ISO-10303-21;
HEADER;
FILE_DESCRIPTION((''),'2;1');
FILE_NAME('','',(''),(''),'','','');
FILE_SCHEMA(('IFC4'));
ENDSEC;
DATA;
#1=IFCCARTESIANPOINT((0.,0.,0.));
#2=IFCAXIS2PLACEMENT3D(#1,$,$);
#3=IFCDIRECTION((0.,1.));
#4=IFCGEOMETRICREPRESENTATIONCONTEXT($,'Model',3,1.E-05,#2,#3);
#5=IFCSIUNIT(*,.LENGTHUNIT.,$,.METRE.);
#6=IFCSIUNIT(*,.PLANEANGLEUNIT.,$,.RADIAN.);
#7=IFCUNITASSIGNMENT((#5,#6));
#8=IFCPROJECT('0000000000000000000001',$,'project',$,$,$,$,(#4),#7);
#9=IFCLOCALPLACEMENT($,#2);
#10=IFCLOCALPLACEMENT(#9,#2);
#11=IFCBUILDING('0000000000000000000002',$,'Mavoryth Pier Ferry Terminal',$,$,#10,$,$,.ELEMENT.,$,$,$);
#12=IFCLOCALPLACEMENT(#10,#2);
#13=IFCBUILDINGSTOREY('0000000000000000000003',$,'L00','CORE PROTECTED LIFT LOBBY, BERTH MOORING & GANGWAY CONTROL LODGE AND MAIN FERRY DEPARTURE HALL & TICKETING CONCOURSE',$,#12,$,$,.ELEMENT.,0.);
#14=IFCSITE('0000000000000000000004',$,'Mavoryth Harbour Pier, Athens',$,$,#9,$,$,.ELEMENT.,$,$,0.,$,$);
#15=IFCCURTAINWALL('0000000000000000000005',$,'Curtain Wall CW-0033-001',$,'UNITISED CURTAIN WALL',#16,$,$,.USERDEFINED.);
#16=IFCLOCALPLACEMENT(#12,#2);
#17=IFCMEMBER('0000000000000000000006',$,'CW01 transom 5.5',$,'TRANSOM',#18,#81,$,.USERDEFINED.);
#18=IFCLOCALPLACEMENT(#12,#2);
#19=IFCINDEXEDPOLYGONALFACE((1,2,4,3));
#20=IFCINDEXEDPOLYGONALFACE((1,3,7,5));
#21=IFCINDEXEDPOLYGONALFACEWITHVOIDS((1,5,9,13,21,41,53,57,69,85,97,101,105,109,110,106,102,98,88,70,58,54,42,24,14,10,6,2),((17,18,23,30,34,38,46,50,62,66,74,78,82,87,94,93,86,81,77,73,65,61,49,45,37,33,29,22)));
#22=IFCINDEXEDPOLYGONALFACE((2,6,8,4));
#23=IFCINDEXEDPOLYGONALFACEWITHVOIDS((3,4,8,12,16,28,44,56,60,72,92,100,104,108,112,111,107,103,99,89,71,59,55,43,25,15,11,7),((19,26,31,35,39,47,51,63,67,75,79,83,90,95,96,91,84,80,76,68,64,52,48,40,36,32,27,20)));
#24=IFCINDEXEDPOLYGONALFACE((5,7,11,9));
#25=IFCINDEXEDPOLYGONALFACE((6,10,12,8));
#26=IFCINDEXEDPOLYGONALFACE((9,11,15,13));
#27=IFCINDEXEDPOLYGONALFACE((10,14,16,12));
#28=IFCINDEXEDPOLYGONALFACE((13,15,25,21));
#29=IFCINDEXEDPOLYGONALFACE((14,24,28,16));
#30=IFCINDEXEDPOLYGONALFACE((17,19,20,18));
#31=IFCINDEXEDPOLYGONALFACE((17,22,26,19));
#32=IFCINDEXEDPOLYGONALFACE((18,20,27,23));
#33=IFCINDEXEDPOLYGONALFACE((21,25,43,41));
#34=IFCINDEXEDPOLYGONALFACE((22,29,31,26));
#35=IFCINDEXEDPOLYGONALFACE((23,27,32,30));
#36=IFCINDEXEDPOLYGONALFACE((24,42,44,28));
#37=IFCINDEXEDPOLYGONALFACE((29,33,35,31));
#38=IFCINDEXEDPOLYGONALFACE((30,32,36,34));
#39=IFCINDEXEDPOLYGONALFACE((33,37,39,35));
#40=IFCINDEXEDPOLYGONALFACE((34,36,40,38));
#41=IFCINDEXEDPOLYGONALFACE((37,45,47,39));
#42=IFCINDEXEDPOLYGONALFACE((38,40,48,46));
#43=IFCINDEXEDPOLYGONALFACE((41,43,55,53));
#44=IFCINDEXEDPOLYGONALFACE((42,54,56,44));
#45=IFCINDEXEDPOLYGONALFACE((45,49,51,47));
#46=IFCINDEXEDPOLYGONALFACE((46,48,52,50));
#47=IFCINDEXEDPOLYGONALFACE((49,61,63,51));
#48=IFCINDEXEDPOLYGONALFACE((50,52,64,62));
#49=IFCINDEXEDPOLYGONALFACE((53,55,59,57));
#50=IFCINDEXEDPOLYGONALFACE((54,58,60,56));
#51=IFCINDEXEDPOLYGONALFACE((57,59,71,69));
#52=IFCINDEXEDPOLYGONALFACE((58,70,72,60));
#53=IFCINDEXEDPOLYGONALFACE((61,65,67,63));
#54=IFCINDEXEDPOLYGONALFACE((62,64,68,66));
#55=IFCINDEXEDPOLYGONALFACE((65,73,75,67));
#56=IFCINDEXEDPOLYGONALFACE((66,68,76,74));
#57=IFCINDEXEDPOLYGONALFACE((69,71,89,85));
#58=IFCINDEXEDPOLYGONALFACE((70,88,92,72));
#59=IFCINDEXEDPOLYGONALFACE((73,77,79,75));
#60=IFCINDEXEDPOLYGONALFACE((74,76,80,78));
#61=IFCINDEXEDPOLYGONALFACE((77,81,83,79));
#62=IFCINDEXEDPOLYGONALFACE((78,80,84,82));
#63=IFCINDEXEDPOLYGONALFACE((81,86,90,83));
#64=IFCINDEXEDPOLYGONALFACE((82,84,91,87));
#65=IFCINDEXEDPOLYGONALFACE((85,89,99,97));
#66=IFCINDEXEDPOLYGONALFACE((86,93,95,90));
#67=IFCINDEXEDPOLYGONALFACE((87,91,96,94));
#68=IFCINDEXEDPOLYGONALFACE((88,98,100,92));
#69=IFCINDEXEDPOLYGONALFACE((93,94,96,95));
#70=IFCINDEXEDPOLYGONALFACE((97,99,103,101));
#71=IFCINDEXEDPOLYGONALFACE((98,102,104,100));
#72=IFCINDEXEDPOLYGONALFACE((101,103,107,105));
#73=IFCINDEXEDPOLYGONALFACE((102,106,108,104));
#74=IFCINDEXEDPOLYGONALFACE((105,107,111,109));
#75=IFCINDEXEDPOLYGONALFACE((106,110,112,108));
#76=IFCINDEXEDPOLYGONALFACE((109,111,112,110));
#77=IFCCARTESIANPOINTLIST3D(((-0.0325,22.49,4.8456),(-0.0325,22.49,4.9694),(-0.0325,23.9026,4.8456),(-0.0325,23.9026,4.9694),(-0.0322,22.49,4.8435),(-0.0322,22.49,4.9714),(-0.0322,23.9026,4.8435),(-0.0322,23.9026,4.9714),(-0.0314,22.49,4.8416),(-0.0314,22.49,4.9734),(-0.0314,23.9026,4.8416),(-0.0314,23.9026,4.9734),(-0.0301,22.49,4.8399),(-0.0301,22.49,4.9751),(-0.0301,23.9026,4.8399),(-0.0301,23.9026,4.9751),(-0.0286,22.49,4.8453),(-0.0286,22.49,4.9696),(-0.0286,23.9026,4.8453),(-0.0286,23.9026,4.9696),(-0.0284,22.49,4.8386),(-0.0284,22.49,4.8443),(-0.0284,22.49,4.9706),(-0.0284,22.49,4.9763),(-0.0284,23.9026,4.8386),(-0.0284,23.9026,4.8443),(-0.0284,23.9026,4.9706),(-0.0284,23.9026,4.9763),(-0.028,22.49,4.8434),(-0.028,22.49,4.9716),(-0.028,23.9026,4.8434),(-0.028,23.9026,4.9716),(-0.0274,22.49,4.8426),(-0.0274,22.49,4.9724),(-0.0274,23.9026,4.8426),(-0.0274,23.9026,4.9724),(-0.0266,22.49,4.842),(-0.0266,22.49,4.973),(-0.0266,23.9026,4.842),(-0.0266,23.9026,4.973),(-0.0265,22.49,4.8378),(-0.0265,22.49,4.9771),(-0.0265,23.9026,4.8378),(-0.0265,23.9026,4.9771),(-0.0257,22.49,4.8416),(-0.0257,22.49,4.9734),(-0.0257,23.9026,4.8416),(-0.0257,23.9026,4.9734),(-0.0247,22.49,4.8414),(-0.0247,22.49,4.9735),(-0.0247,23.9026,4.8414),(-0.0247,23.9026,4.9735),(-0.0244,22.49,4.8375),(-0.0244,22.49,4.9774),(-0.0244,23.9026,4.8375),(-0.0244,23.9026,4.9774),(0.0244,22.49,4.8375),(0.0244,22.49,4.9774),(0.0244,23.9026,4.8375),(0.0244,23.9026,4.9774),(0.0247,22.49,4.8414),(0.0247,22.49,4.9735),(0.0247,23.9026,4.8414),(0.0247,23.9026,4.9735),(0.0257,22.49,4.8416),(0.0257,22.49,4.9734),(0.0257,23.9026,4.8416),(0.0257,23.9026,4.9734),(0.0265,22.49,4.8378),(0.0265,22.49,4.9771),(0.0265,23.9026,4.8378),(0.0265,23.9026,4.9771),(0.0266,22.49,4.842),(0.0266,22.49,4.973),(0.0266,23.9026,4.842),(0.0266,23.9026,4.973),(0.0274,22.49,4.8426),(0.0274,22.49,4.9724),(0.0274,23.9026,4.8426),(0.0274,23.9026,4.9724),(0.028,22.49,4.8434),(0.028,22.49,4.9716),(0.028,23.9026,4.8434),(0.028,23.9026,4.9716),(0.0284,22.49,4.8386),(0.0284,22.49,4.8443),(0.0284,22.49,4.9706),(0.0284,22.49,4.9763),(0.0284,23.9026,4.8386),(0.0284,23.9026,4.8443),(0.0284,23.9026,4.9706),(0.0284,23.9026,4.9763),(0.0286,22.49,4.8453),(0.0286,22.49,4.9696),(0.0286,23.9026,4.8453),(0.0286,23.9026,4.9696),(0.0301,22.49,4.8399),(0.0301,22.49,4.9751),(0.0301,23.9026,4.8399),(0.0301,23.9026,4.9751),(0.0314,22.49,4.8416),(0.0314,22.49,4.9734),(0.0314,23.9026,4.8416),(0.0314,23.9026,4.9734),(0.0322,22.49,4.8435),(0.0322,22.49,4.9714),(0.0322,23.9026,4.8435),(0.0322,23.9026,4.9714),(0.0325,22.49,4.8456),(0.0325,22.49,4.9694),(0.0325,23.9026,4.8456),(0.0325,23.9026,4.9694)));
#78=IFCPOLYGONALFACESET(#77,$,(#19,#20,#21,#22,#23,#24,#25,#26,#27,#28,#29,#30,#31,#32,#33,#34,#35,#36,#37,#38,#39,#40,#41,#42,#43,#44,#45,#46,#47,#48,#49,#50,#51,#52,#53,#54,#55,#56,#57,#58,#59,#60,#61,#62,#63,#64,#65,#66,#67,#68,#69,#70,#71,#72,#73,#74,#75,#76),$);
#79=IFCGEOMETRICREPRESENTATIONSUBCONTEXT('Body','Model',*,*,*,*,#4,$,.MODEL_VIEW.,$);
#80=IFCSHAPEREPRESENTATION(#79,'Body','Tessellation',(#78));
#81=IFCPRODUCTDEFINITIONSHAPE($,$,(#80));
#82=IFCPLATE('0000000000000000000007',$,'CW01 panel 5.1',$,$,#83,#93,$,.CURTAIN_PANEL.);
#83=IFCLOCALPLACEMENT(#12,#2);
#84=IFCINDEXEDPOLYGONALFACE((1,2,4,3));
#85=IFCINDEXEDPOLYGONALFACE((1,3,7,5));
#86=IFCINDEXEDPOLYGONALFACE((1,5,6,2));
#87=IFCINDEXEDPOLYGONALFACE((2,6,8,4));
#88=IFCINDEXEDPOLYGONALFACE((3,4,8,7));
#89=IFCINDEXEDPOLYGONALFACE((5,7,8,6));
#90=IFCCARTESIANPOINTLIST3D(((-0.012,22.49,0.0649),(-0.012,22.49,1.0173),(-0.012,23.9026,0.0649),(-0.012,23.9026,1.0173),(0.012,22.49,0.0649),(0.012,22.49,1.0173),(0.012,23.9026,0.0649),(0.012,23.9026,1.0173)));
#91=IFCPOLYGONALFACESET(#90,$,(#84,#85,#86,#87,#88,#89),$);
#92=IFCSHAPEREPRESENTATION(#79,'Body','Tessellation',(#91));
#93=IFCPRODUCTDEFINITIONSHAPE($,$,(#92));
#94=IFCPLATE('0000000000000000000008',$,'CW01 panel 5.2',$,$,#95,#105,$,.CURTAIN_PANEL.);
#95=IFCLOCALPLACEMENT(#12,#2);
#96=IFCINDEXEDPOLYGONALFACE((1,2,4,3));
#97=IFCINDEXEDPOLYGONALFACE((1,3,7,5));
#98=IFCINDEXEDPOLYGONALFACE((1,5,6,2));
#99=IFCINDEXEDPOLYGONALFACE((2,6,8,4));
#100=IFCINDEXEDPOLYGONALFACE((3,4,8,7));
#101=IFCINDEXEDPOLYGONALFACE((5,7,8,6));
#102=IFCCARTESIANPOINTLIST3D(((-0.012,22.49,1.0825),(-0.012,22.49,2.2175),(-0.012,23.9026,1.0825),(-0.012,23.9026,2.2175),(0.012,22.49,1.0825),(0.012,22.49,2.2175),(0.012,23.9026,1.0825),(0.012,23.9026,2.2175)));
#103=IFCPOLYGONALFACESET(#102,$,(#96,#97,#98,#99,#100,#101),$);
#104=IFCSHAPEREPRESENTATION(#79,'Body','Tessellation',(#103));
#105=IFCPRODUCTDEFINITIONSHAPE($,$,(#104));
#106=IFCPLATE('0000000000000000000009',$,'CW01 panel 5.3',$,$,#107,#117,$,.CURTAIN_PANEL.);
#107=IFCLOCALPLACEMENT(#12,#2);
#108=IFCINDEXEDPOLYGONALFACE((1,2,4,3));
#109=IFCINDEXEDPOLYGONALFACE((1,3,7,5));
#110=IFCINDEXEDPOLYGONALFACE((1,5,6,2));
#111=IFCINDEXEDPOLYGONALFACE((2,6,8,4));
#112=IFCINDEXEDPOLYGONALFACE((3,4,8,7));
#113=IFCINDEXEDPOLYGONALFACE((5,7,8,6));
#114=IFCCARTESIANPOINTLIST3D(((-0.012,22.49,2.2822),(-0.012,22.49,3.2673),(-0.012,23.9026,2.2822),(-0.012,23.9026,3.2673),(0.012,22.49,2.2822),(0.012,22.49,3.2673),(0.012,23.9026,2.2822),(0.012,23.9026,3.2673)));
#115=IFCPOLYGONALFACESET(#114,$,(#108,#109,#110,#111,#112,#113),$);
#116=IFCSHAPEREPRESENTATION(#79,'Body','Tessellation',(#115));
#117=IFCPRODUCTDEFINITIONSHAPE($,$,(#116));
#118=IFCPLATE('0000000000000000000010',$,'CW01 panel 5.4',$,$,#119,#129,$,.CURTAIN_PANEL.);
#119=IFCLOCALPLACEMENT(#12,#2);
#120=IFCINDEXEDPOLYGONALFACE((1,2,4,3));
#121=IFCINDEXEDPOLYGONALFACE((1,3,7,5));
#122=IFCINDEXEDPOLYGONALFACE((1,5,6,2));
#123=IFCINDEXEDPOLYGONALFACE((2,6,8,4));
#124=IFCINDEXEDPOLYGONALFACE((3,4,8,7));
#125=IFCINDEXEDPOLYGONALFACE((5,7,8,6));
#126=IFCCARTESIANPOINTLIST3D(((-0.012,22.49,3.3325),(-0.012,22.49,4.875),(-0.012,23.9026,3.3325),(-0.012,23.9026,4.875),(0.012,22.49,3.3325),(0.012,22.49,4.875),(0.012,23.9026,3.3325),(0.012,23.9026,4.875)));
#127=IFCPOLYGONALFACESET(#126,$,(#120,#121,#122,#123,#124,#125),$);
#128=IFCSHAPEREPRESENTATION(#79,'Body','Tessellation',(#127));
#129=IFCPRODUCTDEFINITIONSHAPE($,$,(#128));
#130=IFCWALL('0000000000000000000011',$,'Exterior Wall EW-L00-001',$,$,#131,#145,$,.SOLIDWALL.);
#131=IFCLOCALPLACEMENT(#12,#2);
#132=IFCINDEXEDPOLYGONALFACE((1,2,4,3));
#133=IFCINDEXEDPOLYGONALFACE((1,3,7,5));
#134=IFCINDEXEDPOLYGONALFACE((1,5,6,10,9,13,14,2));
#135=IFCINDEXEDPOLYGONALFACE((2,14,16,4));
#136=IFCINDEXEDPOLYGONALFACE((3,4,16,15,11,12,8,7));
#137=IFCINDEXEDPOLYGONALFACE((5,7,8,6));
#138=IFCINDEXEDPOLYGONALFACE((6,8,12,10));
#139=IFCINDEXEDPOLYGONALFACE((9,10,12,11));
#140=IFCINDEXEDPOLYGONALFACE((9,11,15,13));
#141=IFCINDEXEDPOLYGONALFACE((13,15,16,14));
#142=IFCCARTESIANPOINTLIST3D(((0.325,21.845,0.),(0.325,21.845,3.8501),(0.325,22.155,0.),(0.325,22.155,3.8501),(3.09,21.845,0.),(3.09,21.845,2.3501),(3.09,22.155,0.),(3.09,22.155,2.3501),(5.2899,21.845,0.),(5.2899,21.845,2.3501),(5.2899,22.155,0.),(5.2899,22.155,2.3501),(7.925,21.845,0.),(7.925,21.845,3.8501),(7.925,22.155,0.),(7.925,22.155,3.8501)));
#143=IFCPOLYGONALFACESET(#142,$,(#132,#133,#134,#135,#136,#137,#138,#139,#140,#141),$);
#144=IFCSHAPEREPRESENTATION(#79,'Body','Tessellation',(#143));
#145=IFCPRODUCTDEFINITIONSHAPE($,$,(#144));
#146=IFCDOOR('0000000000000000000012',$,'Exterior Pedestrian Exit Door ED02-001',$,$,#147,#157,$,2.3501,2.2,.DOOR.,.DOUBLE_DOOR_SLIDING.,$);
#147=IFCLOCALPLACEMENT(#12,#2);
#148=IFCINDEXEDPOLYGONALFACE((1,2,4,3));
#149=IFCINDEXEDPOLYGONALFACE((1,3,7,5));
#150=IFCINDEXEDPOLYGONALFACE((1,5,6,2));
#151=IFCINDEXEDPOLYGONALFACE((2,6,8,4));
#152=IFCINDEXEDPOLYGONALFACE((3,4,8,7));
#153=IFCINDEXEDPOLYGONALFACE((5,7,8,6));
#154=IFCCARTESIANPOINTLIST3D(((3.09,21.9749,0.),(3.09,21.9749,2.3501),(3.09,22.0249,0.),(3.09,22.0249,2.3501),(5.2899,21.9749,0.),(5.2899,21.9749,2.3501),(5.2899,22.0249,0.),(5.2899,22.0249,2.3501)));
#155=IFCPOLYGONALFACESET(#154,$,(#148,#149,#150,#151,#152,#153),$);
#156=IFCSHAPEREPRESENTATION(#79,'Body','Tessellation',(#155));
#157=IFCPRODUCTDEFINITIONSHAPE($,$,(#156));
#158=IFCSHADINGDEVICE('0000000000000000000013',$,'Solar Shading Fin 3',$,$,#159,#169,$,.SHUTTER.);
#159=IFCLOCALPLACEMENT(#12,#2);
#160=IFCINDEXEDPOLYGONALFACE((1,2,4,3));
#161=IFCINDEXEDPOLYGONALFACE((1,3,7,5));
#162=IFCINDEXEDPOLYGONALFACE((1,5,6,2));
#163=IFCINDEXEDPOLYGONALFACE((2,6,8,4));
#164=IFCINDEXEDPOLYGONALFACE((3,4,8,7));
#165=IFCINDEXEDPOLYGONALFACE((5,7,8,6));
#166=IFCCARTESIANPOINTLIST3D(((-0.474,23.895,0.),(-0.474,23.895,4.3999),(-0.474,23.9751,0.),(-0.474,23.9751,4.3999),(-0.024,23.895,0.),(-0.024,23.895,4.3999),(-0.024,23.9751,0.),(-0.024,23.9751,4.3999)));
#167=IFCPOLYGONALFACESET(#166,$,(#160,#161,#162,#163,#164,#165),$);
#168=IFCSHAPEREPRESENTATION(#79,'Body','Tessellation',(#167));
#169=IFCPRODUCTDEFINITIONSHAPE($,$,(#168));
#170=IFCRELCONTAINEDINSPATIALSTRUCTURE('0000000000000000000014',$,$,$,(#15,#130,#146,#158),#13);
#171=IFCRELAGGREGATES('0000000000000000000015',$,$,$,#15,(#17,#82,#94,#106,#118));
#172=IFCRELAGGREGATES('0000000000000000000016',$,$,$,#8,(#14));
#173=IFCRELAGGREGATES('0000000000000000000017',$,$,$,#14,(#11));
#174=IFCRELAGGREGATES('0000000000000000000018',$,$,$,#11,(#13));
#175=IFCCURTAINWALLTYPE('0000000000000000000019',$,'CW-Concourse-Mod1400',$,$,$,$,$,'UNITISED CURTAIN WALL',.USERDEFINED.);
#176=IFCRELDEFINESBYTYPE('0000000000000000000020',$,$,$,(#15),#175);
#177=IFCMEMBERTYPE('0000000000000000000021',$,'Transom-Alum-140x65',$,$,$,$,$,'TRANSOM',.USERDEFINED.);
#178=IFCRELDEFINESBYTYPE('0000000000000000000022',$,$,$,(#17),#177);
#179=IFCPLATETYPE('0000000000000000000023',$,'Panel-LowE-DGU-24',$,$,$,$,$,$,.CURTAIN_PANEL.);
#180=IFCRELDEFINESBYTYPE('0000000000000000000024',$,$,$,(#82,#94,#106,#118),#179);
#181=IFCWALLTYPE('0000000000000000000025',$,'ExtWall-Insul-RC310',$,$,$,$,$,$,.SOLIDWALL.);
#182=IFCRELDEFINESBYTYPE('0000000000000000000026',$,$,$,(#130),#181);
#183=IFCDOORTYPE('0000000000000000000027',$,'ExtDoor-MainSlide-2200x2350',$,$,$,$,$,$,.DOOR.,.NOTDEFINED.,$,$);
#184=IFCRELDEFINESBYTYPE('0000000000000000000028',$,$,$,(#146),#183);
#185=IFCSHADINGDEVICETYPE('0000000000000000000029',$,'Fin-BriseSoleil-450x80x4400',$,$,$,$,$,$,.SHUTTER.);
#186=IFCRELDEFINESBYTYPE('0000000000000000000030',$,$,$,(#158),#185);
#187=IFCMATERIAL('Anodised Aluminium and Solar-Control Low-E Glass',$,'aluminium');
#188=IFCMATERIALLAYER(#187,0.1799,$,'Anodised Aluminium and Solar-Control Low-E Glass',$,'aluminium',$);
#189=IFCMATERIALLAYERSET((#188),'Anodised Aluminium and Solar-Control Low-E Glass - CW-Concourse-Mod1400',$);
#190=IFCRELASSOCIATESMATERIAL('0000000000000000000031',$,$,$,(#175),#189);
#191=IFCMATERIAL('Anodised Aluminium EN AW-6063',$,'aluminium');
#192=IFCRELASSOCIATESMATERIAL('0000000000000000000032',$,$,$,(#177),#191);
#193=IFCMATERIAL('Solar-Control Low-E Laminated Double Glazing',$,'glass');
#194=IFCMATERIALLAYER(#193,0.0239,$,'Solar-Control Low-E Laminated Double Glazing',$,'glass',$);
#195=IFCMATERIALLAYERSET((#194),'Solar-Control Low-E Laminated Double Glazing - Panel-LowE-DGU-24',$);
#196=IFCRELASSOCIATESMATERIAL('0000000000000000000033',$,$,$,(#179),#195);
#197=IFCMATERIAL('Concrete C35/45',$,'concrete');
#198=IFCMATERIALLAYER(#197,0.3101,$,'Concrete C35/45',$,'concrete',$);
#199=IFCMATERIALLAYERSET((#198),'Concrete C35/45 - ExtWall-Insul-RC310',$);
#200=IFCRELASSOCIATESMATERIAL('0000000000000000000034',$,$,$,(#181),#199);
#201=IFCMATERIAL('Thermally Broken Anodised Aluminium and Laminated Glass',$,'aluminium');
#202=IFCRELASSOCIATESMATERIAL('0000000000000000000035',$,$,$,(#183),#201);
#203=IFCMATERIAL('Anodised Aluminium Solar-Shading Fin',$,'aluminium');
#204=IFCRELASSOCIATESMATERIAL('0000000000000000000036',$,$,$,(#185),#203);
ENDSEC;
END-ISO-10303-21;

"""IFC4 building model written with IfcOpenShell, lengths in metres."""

from ifc_helpers import new_model, si_unit, direction, frame, frame_2d, origin, origin_2d, place, context, subcontext, project, spatial, rectangle, hollow_rectangle, extrude, material, layer, layer_set, material_profile, profile_set, type_object, element, fill, aggregate, save


model = new_model("IFC4")

# Units and contexts
model_context = context("Model", 3, precision=1e-05, world=origin(), true_north=direction((0.0, 1.0)))
body_context = subcontext(model_context, "Body", "Model", "MODEL_VIEW")
ifc_project = project(units=[si_unit("LENGTHUNIT", "METRE"), si_unit("PLANEANGLEUNIT", "RADIAN")], contexts=[model_context])

# Site, building, storey
site_placement = place(None, origin())
site = spatial("IfcSite", under=ifc_project, at=site_placement, Name="Mavoryth Harbour Pier, Athens", CompositionType="ELEMENT", RefElevation=0.0)
building_placement = place(site_placement, origin())
building = spatial("IfcBuilding", under=site, at=building_placement, Name="Mavoryth Pier Ferry Terminal", CompositionType="ELEMENT")
storey_placement = place(building_placement, origin())
storey = spatial("IfcBuildingStorey", under=building, at=storey_placement, Name="L00", Description="CORE PROTECTED LIFT LOBBY, BERTH MOORING & GANGWAY CONTROL LODGE AND MAIN FERRY DEPARTURE HALL & TICKETING CONCOURSE", CompositionType="ELEMENT", Elevation=0.0)

# Shared definitions
ifc_material_1 = material(Name="Concrete C35/45", Category="concrete")

# Curtain wall, member, plates
ifc_material_2 = material(Name="Anodised Aluminium and Solar-Control Low-E Glass", Category="aluminium")
ifc_layer_1 = layer(ifc_material_2, 0.1799, Name="Anodised Aluminium and Solar-Control Low-E Glass", Category="aluminium")
ifc_layer_set_1 = layer_set([ifc_layer_1], Name="Anodised Aluminium and Solar-Control Low-E Glass - CW-Concourse-Mod1400")
curtain_wall_type = type_object("IfcCurtainWallType", Name="CW-Concourse-Mod1400", ElementType="UNITISED CURTAIN WALL", PredefinedType="USERDEFINED", material=ifc_layer_set_1)
curtain_wall_placement = place(storey_placement, origin())
curtain_wall = element("IfcCurtainWall", 1, at=curtain_wall_placement, inside=storey, type_object=curtain_wall_type, Name="Curtain Wall CW-0033-001", ObjectType="UNITISED CURTAIN WALL", PredefinedType="USERDEFINED")
ifc_material_3 = material(Name="Anodised Aluminium EN AW-6063", Category="aluminium")
ifc_material_profile_1 = material_profile(ifc_material_3, hollow_rectangle(XDim=0.0649, YDim=0.1399, WallThickness=0.0039, InnerFilletRadius=0.0039, OuterFilletRadius=0.0081, at=origin_2d()), Name="AL-TRAN 140x65x4", Category="aluminium")
ifc_profile_set_1 = profile_set([ifc_material_profile_1], Name="Anodised Aluminium EN AW-6063 - AL-TRAN 140x65x4")
member_type_1 = type_object("IfcMemberType", Name="Transom-Alum-140x65", ElementType="TRANSOM", PredefinedType="USERDEFINED", material=ifc_profile_set_1)
member_1_placement = place(storey_placement, frame((0.0, 23.9026, 4.9075), z_axis=(0.0, -1.0, 0.0), x_axis=(1.0, 0.0, 0.0)))
member_1 = element("IfcMember", 2, at=member_1_placement, type_object=member_type_1, Name="CW01 transom 5.5", ObjectType="TRANSOM", PredefinedType="USERDEFINED", context=body_context, shape_type="SweptSolid", body=[
    extrude(hollow_rectangle(XDim=0.0649, YDim=0.1399, WallThickness=0.0039, InnerFilletRadius=0.0039, OuterFilletRadius=0.0081, at=origin_2d()), origin(), (0.0, 0.0, 1.0), 1.4126),
])
ifc_material_4 = material(Name="Solar-Control Low-E Laminated Double Glazing", Category="glass")
ifc_layer_2 = layer(ifc_material_4, 0.0239, Name="Solar-Control Low-E Laminated Double Glazing", Category="glass")
ifc_layer_set_2 = layer_set([ifc_layer_2], Name="Solar-Control Low-E Laminated Double Glazing - Panel-LowE-DGU-24")
plate_type = type_object("IfcPlateType", Name="Panel-LowE-DGU-24", PredefinedType="CURTAIN_PANEL", material=ifc_layer_set_2)
plate_1_placement = place(storey_placement, frame((0.0, 23.1963, 0.0649), z_axis=(0.0, 0.0, 1.0), x_axis=(0.0, -1.0, 0.0)))
plate_1 = element("IfcPlate", 3, at=plate_1_placement, type_object=plate_type, Name="CW01 panel 5.1", PredefinedType="CURTAIN_PANEL", context=body_context, shape_type="SweptSolid", body=[
    extrude(rectangle(XDim=1.4126, YDim=0.0239, at=origin_2d()), origin(), (0.0, 0.0, 1.0), 0.9524),
])
plate_2_placement = place(storey_placement, frame((0.0, 23.1963, 1.0825), z_axis=(0.0, 0.0, 1.0), x_axis=(0.0, -1.0, 0.0)))
plate_2 = element("IfcPlate", 4, at=plate_2_placement, type_object=plate_type, Name="CW01 panel 5.2", PredefinedType="CURTAIN_PANEL", context=body_context, shape_type="SweptSolid", body=[
    extrude(rectangle(XDim=1.4126, YDim=0.0239, at=origin_2d()), origin(), (0.0, 0.0, 1.0), 1.135),
])
plate_3_placement = place(storey_placement, frame((0.0, 23.1963, 2.2822), z_axis=(0.0, 0.0, 1.0), x_axis=(0.0, -1.0, 0.0)))
plate_3 = element("IfcPlate", 5, at=plate_3_placement, type_object=plate_type, Name="CW01 panel 5.3", PredefinedType="CURTAIN_PANEL", context=body_context, shape_type="SweptSolid", body=[
    extrude(rectangle(XDim=1.4126, YDim=0.0239, at=origin_2d()), origin(), (0.0, 0.0, 1.0), 0.9851),
])
plate_4_placement = place(storey_placement, frame((0.0, 23.1963, 3.3325), z_axis=(0.0, 0.0, 1.0), x_axis=(0.0, -1.0, 0.0)))
plate_4 = element("IfcPlate", 6, at=plate_4_placement, type_object=plate_type, Name="CW01 panel 5.4", PredefinedType="CURTAIN_PANEL", context=body_context, shape_type="SweptSolid", body=[
    extrude(rectangle(XDim=1.4126, YDim=0.0239, at=origin_2d()), origin(), (0.0, 0.0, 1.0), 1.5425),
])
aggregate(curtain_wall, [member_1, plate_1, plate_2, plate_3, plate_4])

# Wall, opening, door
ifc_layer_3 = layer(ifc_material_1, 0.3101, Name="Concrete C35/45", Category="concrete")
ifc_layer_set_3 = layer_set([ifc_layer_3], Name="Concrete C35/45 - ExtWall-Insul-RC310")
wall_type = type_object("IfcWallType", Name="ExtWall-Insul-RC310", PredefinedType="SOLIDWALL", material=ifc_layer_set_3)
wall_placement = place(storey_placement, frame((0.325, 22.0, 0.0), z_axis=(0.0, 0.0, 1.0), x_axis=(1.0, 0.0, 0.0)))
wall = element("IfcWall", 7, at=wall_placement, inside=storey, type_object=wall_type, Name="Exterior Wall EW-L00-001", PredefinedType="SOLIDWALL", context=body_context, shape_type="SweptSolid", body=[
    extrude(rectangle(XDim=7.6001, YDim=0.3101, at=frame_2d((3.8, 0.0))), origin(), (0.0, 0.0, 1.0), 3.8501),
])
opening_placement = place(wall_placement, frame((2.7649, 0.0, 0.0)))
opening = element("IfcOpeningElement", 8, at=opening_placement, cuts=wall, PredefinedType="OPENING", context=body_context, shape_type="SweptSolid", body=[
    extrude(rectangle(XDim=2.2, YDim=2.3501, at=frame_2d((1.1001, 1.175))), frame((0.0, 0.165, 0.0), z_axis=(0.0, -1.0, 0.0), x_axis=(1.0, 0.0, 0.0)), (0.0, 0.0, 1.0), 0.3301),
])
ifc_material_5 = material(Name="Thermally Broken Anodised Aluminium and Laminated Glass", Category="aluminium")
door_type = type_object("IfcDoorType", Name="ExtDoor-MainSlide-2200x2350", OperationType="NOTDEFINED", PredefinedType="DOOR", material=ifc_material_5)
door_placement = place(opening_placement, origin())
door = element("IfcDoor", 9, at=door_placement, inside=storey, type_object=door_type, Name="Exterior Pedestrian Exit Door ED02-001", OperationType="DOUBLE_DOOR_SLIDING", OverallHeight=2.3501, OverallWidth=2.2, PredefinedType="DOOR", context=body_context, shape_type="SweptSolid", body=[
    extrude(rectangle(XDim=2.2, YDim=2.3501, at=frame_2d((1.1001, 1.175))), frame((0.0, 0.0249, 0.0), z_axis=(0.0, -1.0, 0.0), x_axis=(1.0, 0.0, 0.0)), (0.0, 0.0, 1.0), 0.05),
])
fill(opening, door)

# Shading device
ifc_material_6 = material(Name="Anodised Aluminium Solar-Shading Fin", Category="aluminium")
shading_device_type = type_object("IfcShadingDeviceType", Name="Fin-BriseSoleil-450x80x4400", PredefinedType="SHUTTER", material=ifc_material_6)
shading_device_placement = place(storey_placement, frame((-0.249, 23.9351, 0.0), z_axis=(0.0, 0.0, 1.0), x_axis=(0.0, -1.0, 0.0)))
element("IfcShadingDevice", 10, at=shading_device_placement, inside=storey, type_object=shading_device_type, Name="Solar Shading Fin 3", PredefinedType="SHUTTER", context=body_context, shape_type="SweptSolid", body=[
    extrude(rectangle(XDim=0.0801, YDim=0.45, at=origin_2d()), origin(), (0.0, 0.0, 1.0), 4.3999),
])

save(model, "model.ifc")
